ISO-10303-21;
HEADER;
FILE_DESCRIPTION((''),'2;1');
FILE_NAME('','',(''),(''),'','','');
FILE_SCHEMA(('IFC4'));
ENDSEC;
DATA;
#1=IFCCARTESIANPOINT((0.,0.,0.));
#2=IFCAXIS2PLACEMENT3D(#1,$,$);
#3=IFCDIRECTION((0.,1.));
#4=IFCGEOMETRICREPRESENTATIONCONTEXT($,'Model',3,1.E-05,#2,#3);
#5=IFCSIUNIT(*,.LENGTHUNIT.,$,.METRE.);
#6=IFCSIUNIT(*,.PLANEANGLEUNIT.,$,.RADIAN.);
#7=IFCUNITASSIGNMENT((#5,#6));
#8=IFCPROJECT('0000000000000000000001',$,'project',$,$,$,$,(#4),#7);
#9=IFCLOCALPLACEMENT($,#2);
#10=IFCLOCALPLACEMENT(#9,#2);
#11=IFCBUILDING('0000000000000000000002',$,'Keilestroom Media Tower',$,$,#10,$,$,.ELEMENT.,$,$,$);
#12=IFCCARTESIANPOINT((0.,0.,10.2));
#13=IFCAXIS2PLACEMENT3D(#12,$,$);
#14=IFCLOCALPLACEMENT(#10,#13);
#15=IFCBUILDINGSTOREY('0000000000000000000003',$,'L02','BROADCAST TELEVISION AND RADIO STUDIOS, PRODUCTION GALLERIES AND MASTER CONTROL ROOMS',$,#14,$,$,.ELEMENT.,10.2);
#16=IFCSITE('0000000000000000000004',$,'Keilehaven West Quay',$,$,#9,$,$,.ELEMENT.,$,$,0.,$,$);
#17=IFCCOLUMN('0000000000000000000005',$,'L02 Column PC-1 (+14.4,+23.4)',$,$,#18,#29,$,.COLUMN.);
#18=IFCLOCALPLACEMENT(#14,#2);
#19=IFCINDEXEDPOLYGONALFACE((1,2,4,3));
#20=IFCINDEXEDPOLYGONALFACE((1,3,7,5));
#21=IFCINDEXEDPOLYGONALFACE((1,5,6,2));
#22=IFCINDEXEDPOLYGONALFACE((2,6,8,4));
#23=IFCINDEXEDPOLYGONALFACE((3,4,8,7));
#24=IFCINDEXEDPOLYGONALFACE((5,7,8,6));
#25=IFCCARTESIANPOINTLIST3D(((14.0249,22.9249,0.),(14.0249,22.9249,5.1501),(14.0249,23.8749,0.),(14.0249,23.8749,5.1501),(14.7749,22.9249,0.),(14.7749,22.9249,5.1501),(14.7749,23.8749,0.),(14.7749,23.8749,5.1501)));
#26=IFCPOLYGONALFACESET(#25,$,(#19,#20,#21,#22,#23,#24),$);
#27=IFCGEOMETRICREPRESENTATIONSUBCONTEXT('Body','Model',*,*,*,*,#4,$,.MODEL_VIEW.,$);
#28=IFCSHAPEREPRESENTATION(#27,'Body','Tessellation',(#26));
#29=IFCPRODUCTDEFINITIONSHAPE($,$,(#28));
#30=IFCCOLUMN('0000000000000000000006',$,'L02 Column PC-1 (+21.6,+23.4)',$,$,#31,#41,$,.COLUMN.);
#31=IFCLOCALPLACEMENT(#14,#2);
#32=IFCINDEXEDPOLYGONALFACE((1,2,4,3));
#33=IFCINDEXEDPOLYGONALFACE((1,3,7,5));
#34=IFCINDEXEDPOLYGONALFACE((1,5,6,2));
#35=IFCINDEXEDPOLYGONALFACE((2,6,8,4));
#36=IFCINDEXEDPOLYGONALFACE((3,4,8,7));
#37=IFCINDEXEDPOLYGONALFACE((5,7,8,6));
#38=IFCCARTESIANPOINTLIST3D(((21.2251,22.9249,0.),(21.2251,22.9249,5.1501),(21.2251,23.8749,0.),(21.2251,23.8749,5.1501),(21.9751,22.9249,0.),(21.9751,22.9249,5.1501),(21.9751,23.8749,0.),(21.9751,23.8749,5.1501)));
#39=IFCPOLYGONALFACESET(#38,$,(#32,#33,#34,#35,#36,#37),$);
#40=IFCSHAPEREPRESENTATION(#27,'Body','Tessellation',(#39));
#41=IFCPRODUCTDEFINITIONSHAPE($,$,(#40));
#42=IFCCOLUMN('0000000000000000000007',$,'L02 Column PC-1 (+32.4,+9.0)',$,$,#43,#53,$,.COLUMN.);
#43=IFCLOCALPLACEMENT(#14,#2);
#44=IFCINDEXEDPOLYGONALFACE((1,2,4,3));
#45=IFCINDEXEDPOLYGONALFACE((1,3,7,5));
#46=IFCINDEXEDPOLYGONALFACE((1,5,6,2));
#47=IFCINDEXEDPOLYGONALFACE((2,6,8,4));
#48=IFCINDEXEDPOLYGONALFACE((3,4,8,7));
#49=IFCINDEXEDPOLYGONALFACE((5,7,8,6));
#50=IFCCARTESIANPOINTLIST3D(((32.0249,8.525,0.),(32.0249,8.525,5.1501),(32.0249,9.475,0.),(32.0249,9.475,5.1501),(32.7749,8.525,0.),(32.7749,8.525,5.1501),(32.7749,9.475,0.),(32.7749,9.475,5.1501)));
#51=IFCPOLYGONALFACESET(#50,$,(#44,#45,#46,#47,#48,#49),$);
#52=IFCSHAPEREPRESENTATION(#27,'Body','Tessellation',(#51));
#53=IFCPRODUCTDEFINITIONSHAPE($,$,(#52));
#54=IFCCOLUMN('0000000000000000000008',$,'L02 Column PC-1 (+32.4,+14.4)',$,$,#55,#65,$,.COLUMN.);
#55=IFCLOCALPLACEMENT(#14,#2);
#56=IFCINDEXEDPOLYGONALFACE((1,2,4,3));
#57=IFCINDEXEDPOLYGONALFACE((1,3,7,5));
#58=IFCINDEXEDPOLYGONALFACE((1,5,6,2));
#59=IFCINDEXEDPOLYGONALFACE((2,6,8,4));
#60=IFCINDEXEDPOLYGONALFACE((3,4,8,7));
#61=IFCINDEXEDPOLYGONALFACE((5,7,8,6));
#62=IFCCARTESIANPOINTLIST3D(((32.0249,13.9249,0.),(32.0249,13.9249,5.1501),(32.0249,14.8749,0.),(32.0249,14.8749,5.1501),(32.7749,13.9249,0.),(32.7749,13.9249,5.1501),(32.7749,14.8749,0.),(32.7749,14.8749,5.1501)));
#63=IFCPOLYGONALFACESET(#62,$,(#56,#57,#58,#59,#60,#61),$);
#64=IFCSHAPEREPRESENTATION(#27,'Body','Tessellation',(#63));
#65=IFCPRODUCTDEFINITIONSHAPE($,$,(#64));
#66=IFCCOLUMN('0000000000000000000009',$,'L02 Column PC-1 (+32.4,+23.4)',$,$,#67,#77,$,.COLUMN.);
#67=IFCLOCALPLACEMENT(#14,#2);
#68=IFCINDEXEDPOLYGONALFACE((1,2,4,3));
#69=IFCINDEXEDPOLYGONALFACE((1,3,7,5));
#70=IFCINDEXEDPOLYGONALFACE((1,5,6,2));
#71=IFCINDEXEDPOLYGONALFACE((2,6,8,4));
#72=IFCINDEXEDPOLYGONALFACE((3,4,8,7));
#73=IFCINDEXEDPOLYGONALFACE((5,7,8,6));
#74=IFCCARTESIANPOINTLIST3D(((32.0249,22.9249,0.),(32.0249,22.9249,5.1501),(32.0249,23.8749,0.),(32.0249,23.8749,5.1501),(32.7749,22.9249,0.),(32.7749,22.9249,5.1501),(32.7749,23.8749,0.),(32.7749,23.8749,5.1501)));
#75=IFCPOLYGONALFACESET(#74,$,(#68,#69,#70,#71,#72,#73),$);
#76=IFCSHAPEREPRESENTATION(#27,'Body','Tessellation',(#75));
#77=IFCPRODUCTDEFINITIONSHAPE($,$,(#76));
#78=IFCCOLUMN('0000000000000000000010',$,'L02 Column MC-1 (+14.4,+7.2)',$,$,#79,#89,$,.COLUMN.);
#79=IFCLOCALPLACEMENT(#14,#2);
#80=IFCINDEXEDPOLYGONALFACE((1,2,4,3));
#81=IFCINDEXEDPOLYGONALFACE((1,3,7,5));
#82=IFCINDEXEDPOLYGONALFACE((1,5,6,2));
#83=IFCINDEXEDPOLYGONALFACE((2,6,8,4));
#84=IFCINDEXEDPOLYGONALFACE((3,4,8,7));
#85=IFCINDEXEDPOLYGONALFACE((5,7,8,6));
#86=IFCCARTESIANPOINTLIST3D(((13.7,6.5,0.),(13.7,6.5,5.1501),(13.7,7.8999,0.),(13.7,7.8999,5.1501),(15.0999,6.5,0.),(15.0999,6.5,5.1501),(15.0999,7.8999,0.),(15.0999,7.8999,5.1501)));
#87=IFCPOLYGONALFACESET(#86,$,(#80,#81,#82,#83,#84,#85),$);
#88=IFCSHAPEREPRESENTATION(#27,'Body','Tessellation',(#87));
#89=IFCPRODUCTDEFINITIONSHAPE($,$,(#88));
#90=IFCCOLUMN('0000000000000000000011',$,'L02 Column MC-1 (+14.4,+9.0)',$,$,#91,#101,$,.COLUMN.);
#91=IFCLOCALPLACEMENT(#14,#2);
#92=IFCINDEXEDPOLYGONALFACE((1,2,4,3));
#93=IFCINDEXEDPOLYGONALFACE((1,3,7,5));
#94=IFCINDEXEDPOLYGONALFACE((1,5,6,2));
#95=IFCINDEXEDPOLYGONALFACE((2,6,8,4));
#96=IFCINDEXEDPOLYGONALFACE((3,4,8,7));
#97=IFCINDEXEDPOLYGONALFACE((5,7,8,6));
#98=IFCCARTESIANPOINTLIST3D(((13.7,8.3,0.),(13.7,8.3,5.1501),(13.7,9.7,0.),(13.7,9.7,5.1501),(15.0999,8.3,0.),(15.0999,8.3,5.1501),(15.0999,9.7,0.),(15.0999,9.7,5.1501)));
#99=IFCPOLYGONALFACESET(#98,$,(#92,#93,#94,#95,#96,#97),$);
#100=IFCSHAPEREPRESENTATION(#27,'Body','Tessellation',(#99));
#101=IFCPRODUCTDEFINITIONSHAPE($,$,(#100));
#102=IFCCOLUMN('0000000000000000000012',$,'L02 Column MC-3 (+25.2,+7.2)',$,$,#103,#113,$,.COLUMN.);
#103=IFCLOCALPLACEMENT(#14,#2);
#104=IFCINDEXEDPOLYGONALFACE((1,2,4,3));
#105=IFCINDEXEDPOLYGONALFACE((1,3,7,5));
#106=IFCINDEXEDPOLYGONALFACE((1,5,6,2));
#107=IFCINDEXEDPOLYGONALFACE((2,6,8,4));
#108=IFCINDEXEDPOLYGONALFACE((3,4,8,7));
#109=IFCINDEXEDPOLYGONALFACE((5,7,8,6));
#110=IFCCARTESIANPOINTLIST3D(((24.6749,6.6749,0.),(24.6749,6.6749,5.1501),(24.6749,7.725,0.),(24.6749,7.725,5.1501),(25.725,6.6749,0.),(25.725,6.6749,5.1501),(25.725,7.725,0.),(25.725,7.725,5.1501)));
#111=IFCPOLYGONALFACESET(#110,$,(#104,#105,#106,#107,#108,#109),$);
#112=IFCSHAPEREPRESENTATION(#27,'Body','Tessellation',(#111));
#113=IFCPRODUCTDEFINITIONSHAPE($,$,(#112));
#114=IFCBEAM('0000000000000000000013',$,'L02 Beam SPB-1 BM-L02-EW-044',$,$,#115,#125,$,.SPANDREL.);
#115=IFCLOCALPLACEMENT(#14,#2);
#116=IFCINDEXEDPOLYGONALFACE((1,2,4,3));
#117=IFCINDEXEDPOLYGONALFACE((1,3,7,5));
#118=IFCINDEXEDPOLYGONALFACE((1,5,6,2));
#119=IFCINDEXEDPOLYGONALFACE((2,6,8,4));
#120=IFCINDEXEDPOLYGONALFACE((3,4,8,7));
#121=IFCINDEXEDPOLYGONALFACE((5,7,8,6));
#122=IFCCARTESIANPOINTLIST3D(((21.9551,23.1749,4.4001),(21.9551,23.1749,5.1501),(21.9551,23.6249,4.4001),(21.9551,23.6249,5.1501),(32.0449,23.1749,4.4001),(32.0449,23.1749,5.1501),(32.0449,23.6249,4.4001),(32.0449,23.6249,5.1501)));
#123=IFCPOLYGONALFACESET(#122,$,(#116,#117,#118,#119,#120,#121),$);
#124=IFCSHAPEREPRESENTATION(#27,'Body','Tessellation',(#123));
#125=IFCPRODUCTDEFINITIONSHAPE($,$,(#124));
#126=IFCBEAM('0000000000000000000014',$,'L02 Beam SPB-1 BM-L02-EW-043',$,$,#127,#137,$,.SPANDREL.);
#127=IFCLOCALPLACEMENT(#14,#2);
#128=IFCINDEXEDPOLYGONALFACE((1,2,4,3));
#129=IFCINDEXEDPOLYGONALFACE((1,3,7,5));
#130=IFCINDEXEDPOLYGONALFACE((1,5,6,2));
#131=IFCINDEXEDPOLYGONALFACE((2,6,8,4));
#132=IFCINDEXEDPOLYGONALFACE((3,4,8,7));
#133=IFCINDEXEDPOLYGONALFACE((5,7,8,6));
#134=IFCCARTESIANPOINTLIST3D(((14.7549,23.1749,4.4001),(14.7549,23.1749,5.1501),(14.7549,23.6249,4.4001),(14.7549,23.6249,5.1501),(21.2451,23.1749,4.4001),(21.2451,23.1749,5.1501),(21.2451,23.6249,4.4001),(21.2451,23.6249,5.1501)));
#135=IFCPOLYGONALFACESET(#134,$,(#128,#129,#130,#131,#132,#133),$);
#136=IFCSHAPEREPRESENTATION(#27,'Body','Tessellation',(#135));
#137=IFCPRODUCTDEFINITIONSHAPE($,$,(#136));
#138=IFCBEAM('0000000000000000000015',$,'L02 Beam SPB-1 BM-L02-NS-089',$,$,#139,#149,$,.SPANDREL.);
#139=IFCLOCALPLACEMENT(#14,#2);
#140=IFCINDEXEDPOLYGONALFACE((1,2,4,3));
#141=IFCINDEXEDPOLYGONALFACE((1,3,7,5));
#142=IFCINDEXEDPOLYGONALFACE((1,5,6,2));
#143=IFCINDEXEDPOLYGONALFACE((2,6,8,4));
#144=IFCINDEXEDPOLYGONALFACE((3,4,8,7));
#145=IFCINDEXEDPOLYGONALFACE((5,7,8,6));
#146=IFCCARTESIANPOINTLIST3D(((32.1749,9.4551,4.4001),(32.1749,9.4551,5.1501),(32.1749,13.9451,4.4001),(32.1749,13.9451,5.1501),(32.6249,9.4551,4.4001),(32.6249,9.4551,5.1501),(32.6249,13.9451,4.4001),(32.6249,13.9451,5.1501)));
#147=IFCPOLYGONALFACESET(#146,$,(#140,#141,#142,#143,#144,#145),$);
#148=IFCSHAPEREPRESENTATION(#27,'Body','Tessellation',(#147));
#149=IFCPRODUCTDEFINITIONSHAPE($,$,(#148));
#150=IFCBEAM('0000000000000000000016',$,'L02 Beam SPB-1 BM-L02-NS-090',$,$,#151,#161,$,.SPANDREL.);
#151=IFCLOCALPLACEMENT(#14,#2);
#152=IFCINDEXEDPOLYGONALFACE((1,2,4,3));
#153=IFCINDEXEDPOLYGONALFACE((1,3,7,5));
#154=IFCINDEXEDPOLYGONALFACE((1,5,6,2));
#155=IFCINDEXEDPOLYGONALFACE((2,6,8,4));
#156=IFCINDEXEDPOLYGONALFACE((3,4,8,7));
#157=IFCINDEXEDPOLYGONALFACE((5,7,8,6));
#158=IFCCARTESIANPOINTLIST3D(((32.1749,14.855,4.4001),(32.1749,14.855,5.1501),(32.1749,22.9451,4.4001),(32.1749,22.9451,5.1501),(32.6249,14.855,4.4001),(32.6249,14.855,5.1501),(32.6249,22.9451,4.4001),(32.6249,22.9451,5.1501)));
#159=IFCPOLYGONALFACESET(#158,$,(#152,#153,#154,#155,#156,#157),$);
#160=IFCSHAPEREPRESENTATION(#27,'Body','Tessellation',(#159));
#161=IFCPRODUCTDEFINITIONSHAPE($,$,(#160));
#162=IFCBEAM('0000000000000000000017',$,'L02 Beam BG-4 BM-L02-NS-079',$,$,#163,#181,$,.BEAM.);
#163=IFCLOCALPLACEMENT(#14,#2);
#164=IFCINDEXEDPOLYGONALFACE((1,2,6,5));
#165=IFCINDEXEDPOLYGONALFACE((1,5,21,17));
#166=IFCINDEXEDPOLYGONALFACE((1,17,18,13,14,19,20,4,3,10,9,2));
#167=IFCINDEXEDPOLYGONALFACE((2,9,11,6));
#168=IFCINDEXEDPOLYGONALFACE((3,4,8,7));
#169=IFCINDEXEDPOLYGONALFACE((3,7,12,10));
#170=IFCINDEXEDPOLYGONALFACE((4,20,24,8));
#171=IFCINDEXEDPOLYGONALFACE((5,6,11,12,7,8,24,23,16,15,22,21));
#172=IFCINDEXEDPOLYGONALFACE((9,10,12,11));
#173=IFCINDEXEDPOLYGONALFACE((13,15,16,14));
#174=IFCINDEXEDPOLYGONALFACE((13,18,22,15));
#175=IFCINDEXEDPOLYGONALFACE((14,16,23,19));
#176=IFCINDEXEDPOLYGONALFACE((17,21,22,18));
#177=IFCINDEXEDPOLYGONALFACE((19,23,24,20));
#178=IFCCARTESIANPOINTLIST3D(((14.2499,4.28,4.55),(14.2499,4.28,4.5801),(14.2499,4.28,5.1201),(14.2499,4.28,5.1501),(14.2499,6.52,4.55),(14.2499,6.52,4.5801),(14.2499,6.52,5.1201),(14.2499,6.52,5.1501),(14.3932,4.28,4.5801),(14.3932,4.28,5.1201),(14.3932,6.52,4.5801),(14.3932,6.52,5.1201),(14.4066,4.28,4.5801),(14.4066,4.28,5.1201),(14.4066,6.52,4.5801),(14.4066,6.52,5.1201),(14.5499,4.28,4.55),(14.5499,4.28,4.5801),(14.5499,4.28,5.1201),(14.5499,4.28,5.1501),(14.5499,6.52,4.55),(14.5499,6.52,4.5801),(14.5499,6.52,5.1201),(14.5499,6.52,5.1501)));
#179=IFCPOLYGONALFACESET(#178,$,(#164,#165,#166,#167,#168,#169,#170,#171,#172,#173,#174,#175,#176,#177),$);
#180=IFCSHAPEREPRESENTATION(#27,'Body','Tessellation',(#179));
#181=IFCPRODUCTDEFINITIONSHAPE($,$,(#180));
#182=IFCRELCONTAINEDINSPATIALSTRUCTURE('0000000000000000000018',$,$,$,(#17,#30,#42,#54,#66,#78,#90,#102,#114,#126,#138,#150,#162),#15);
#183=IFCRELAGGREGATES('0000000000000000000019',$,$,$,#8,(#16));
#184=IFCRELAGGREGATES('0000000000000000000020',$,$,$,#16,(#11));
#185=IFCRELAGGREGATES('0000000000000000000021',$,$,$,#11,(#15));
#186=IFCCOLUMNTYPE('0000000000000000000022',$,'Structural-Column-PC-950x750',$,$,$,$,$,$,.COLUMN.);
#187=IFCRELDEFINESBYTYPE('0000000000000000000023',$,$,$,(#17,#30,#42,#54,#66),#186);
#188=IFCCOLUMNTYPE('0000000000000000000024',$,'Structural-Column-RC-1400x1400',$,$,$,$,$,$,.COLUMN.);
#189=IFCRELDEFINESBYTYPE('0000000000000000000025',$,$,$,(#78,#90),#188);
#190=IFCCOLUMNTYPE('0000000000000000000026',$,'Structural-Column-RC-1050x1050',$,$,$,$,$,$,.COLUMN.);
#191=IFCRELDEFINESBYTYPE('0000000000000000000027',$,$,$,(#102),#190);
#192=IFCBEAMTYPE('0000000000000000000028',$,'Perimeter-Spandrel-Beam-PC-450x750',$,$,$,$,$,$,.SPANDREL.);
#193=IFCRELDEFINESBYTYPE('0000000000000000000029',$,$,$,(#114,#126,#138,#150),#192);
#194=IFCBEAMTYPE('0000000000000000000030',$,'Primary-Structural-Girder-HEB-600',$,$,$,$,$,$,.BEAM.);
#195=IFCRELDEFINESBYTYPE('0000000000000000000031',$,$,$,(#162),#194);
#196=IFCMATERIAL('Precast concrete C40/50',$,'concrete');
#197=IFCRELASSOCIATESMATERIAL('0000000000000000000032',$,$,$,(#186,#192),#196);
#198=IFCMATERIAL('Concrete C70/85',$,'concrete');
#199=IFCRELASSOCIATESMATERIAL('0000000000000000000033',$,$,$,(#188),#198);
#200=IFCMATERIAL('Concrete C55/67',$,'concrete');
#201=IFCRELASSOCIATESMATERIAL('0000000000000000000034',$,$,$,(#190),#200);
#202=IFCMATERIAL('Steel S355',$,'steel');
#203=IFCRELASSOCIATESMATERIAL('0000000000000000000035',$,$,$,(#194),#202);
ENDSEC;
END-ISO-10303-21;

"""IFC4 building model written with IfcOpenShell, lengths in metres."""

from ifc_helpers import new_model, si_unit, direction, frame, origin, origin_2d, place, context, subcontext, project, spatial, rectangle, i_section, extrude, source, transform, mapped, material, material_profile, profile_set, type_object, element, save


model = new_model("IFC4")

# Units and contexts
model_context = context("Model", 3, precision=1e-05, world=origin(), true_north=direction((0.0, 1.0)))
body_context = subcontext(model_context, "Body", "Model", "MODEL_VIEW")
ifc_project = project(units=[si_unit("LENGTHUNIT", "METRE"), si_unit("PLANEANGLEUNIT", "RADIAN")], contexts=[model_context])

# Site, building, storey
site_placement = place(None, origin())
site = spatial("IfcSite", under=ifc_project, at=site_placement, Name="Keilehaven West Quay", CompositionType="ELEMENT", RefElevation=0.0)
building_placement = place(site_placement, origin())
building = spatial("IfcBuilding", under=site, at=building_placement, Name="Keilestroom Media Tower", CompositionType="ELEMENT")
storey_placement = place(building_placement, frame((0.0, 0.0, 10.2)))
storey = spatial("IfcBuildingStorey", under=building, at=storey_placement, Name="L02", Description="BROADCAST TELEVISION AND RADIO STUDIOS, PRODUCTION GALLERIES AND MASTER CONTROL ROOMS", CompositionType="ELEMENT", Elevation=10.2)

# Columns
ifc_material_1 = material(Name="Precast concrete C40/50", Category="concrete")
ifc_material_profile_1 = material_profile(ifc_material_1, rectangle(XDim=0.75, YDim=0.95, at=origin_2d()), Name="PC 950x750")
ifc_profile_set_1 = profile_set([ifc_material_profile_1], Name="Precast concrete C40/50")
column_type_1 = type_object("IfcColumnType", Name="Structural-Column-PC-950x750", PredefinedType="COLUMN", material=ifc_profile_set_1)
shared_shape_1 = source(origin(), body_context, "Body", "SweptSolid", [
    extrude(rectangle(XDim=0.75, YDim=0.95, at=origin_2d()), origin(), (0.0, 0.0, 1.0), 5.1501),
])
for number, where, z_axis, x_axis, name in (
    (1, (14.3999, 23.3999, 0.0), (0.0, 0.0, 1.0), (1.0, 0.0, 0.0), "L02 Column PC-1 (+14.4,+23.4)"),
    (2, (21.6001, 23.3999, 0.0), (0.0, 0.0, 1.0), (1.0, 0.0, 0.0), "L02 Column PC-1 (+21.6,+23.4)"),
    (3, (32.3999, 9.0, 0.0), (0.0, 0.0, 1.0), (1.0, 0.0, 0.0), "L02 Column PC-1 (+32.4,+9.0)"),
    (4, (32.3999, 14.3999, 0.0), (0.0, 0.0, 1.0), (1.0, 0.0, 0.0), "L02 Column PC-1 (+32.4,+14.4)"),
    (5, (32.3999, 23.3999, 0.0), (0.0, 0.0, 1.0), (1.0, 0.0, 0.0), "L02 Column PC-1 (+32.4,+23.4)"),
):
    element("IfcColumn", number, at=place(storey_placement, frame(where, z_axis=z_axis, x_axis=x_axis)), inside=storey, type_object=column_type_1, Name=name, PredefinedType="COLUMN", context=body_context, shape_type="MappedRepresentation", body=[
        mapped(shared_shape_1, transform((0.0, 0.0, 0.0), x_axis=(1.0, 0.0, 0.0), y_axis=(0.0, 1.0, 0.0), z_axis=(0.0, 0.0, 1.0), scale=1.0)),
    ])
ifc_material_2 = material(Name="Concrete C70/85", Category="concrete")
ifc_material_profile_2 = material_profile(ifc_material_2, rectangle(XDim=1.3999, YDim=1.3999, at=origin_2d()), Name="RC 1400x1400")
ifc_profile_set_2 = profile_set([ifc_material_profile_2], Name="Concrete C70/85")
column_type_2 = type_object("IfcColumnType", Name="Structural-Column-RC-1400x1400", PredefinedType="COLUMN", material=ifc_profile_set_2)
shared_shape_2 = source(origin(), body_context, "Body", "SweptSolid", [
    extrude(rectangle(XDim=1.3999, YDim=1.3999, at=origin_2d()), origin(), (0.0, 0.0, 1.0), 5.1501),
])
for number, where, z_axis, x_axis, name in (
    (6, (14.3999, 7.2, 0.0), (0.0, 0.0, 1.0), (1.0, 0.0, 0.0), "L02 Column MC-1 (+14.4,+7.2)"),
    (7, (14.3999, 9.0, 0.0), (0.0, 0.0, 1.0), (1.0, 0.0, 0.0), "L02 Column MC-1 (+14.4,+9.0)"),
):
    element("IfcColumn", number, at=place(storey_placement, frame(where, z_axis=z_axis, x_axis=x_axis)), inside=storey, type_object=column_type_2, Name=name, PredefinedType="COLUMN", context=body_context, shape_type="MappedRepresentation", body=[
        mapped(shared_shape_2, transform((0.0, 0.0, 0.0), x_axis=(1.0, 0.0, 0.0), y_axis=(0.0, 1.0, 0.0), z_axis=(0.0, 0.0, 1.0), scale=1.0)),
    ])
ifc_material_3 = material(Name="Concrete C55/67", Category="concrete")
ifc_material_profile_3 = material_profile(ifc_material_3, rectangle(XDim=1.05, YDim=1.05, at=origin_2d()), Name="RC 1050x1050")
ifc_profile_set_3 = profile_set([ifc_material_profile_3], Name="Concrete C55/67")
column_type_3 = type_object("IfcColumnType", Name="Structural-Column-RC-1050x1050", PredefinedType="COLUMN", material=ifc_profile_set_3)
shared_shape_3 = source(origin(), body_context, "Body", "SweptSolid", [
    extrude(rectangle(XDim=1.05, YDim=1.05, at=origin_2d()), origin(), (0.0, 0.0, 1.0), 5.1501),
])
column_placement = place(storey_placement, frame((25.2, 7.2, 0.0), z_axis=(0.0, 0.0, 1.0), x_axis=(1.0, 0.0, 0.0)))
element("IfcColumn", 8, at=column_placement, inside=storey, type_object=column_type_3, Name="L02 Column MC-3 (+25.2,+7.2)", PredefinedType="COLUMN", context=body_context, shape_type="MappedRepresentation", body=[
    mapped(shared_shape_3, transform((0.0, 0.0, 0.0), x_axis=(1.0, 0.0, 0.0), y_axis=(0.0, 1.0, 0.0), z_axis=(0.0, 0.0, 1.0), scale=1.0)),
])

# Beams
ifc_material_profile_4 = material_profile(ifc_material_1, rectangle(XDim=0.45, YDim=0.75, at=origin_2d()), Name="PC 450x750")
ifc_profile_set_4 = profile_set([ifc_material_profile_4], Name="Precast concrete C40/50")
beam_type_1 = type_object("IfcBeamType", Name="Perimeter-Spandrel-Beam-PC-450x750", PredefinedType="SPANDREL", material=ifc_profile_set_4)
shared_shape_4 = source(origin(), body_context, "Body", "SweptSolid", [
    extrude(rectangle(XDim=0.45, YDim=0.75, at=origin_2d()), origin(), (0.0, 0.0, 1.0), 10.0898),
])
beam_1_placement = place(storey_placement, frame((21.9551, 23.3999, 4.7751), z_axis=(1.0, 0.0, 0.0), x_axis=(0.0, 1.0, 0.0)))
element("IfcBeam", 9, at=beam_1_placement, inside=storey, type_object=beam_type_1, Name="L02 Beam SPB-1 BM-L02-EW-044", PredefinedType="SPANDREL", context=body_context, shape_type="MappedRepresentation", body=[
    mapped(shared_shape_4, transform((0.0, 0.0, 0.0), x_axis=(1.0, 0.0, 0.0), y_axis=(0.0, 1.0, 0.0), z_axis=(0.0, 0.0, 1.0), scale=1.0)),
])
shared_shape_5 = source(origin(), body_context, "Body", "SweptSolid", [
    extrude(rectangle(XDim=0.45, YDim=0.75, at=origin_2d()), origin(), (0.0, 0.0, 1.0), 6.4902),
])
beam_2_placement = place(storey_placement, frame((14.7549, 23.3999, 4.7751), z_axis=(1.0, 0.0, 0.0), x_axis=(0.0, 1.0, 0.0)))
element("IfcBeam", 10, at=beam_2_placement, inside=storey, type_object=beam_type_1, Name="L02 Beam SPB-1 BM-L02-EW-043", PredefinedType="SPANDREL", context=body_context, shape_type="MappedRepresentation", body=[
    mapped(shared_shape_5, transform((0.0, 0.0, 0.0), x_axis=(1.0, 0.0, 0.0), y_axis=(0.0, 1.0, 0.0), z_axis=(0.0, 0.0, 1.0), scale=1.0)),
])
shared_shape_6 = source(origin(), body_context, "Body", "SweptSolid", [
    extrude(rectangle(XDim=0.45, YDim=0.75, at=origin_2d()), origin(), (0.0, 0.0, 1.0), 4.49),
])
beam_3_placement = place(storey_placement, frame((32.3999, 9.4551, 4.7751), z_axis=(0.0, 1.0, 0.0), x_axis=(-1.0, 0.0, 0.0)))
element("IfcBeam", 11, at=beam_3_placement, inside=storey, type_object=beam_type_1, Name="L02 Beam SPB-1 BM-L02-NS-089", PredefinedType="SPANDREL", context=body_context, shape_type="MappedRepresentation", body=[
    mapped(shared_shape_6, transform((0.0, 0.0, 0.0), x_axis=(1.0, 0.0, 0.0), y_axis=(0.0, 1.0, 0.0), z_axis=(0.0, 0.0, 1.0), scale=1.0)),
])
shared_shape_7 = source(origin(), body_context, "Body", "SweptSolid", [
    extrude(rectangle(XDim=0.45, YDim=0.75, at=origin_2d()), origin(), (0.0, 0.0, 1.0), 8.0901),
])
beam_4_placement = place(storey_placement, frame((32.3999, 14.855, 4.7751), z_axis=(0.0, 1.0, 0.0), x_axis=(-1.0, 0.0, 0.0)))
element("IfcBeam", 12, at=beam_4_placement, inside=storey, type_object=beam_type_1, Name="L02 Beam SPB-1 BM-L02-NS-090", PredefinedType="SPANDREL", context=body_context, shape_type="MappedRepresentation", body=[
    mapped(shared_shape_7, transform((0.0, 0.0, 0.0), x_axis=(1.0, 0.0, 0.0), y_axis=(0.0, 1.0, 0.0), z_axis=(0.0, 0.0, 1.0), scale=1.0)),
])
ifc_material_4 = material(Name="Steel S355", Category="steel")
ifc_material_profile_5 = material_profile(ifc_material_4, i_section(OverallWidth=0.3, OverallDepth=0.6001, WebThickness=0.0134, FlangeThickness=0.03, at=origin_2d()), Name="HEB 600")
ifc_profile_set_5 = profile_set([ifc_material_profile_5], Name="Steel S355")
beam_type_2 = type_object("IfcBeamType", Name="Primary-Structural-Girder-HEB-600", PredefinedType="BEAM", material=ifc_profile_set_5)
shared_shape_8 = source(origin(), body_context, "Body", "SweptSolid", [
    extrude(i_section(OverallWidth=0.3, OverallDepth=0.6001, WebThickness=0.0134, FlangeThickness=0.03, at=origin_2d()), origin(), (0.0, 0.0, 1.0), 2.24),
])
beam_5_placement = place(storey_placement, frame((14.3999, 4.28, 4.8501), z_axis=(0.0, 1.0, 0.0), x_axis=(-1.0, 0.0, 0.0)))
element("IfcBeam", 13, at=beam_5_placement, inside=storey, type_object=beam_type_2, Name="L02 Beam BG-4 BM-L02-NS-079", PredefinedType="BEAM", context=body_context, shape_type="MappedRepresentation", body=[
    mapped(shared_shape_8, transform((0.0, 0.0, 0.0), x_axis=(1.0, 0.0, 0.0), y_axis=(0.0, 1.0, 0.0), z_axis=(0.0, 0.0, 1.0), scale=1.0)),
])

save(model, "model.ifc")
